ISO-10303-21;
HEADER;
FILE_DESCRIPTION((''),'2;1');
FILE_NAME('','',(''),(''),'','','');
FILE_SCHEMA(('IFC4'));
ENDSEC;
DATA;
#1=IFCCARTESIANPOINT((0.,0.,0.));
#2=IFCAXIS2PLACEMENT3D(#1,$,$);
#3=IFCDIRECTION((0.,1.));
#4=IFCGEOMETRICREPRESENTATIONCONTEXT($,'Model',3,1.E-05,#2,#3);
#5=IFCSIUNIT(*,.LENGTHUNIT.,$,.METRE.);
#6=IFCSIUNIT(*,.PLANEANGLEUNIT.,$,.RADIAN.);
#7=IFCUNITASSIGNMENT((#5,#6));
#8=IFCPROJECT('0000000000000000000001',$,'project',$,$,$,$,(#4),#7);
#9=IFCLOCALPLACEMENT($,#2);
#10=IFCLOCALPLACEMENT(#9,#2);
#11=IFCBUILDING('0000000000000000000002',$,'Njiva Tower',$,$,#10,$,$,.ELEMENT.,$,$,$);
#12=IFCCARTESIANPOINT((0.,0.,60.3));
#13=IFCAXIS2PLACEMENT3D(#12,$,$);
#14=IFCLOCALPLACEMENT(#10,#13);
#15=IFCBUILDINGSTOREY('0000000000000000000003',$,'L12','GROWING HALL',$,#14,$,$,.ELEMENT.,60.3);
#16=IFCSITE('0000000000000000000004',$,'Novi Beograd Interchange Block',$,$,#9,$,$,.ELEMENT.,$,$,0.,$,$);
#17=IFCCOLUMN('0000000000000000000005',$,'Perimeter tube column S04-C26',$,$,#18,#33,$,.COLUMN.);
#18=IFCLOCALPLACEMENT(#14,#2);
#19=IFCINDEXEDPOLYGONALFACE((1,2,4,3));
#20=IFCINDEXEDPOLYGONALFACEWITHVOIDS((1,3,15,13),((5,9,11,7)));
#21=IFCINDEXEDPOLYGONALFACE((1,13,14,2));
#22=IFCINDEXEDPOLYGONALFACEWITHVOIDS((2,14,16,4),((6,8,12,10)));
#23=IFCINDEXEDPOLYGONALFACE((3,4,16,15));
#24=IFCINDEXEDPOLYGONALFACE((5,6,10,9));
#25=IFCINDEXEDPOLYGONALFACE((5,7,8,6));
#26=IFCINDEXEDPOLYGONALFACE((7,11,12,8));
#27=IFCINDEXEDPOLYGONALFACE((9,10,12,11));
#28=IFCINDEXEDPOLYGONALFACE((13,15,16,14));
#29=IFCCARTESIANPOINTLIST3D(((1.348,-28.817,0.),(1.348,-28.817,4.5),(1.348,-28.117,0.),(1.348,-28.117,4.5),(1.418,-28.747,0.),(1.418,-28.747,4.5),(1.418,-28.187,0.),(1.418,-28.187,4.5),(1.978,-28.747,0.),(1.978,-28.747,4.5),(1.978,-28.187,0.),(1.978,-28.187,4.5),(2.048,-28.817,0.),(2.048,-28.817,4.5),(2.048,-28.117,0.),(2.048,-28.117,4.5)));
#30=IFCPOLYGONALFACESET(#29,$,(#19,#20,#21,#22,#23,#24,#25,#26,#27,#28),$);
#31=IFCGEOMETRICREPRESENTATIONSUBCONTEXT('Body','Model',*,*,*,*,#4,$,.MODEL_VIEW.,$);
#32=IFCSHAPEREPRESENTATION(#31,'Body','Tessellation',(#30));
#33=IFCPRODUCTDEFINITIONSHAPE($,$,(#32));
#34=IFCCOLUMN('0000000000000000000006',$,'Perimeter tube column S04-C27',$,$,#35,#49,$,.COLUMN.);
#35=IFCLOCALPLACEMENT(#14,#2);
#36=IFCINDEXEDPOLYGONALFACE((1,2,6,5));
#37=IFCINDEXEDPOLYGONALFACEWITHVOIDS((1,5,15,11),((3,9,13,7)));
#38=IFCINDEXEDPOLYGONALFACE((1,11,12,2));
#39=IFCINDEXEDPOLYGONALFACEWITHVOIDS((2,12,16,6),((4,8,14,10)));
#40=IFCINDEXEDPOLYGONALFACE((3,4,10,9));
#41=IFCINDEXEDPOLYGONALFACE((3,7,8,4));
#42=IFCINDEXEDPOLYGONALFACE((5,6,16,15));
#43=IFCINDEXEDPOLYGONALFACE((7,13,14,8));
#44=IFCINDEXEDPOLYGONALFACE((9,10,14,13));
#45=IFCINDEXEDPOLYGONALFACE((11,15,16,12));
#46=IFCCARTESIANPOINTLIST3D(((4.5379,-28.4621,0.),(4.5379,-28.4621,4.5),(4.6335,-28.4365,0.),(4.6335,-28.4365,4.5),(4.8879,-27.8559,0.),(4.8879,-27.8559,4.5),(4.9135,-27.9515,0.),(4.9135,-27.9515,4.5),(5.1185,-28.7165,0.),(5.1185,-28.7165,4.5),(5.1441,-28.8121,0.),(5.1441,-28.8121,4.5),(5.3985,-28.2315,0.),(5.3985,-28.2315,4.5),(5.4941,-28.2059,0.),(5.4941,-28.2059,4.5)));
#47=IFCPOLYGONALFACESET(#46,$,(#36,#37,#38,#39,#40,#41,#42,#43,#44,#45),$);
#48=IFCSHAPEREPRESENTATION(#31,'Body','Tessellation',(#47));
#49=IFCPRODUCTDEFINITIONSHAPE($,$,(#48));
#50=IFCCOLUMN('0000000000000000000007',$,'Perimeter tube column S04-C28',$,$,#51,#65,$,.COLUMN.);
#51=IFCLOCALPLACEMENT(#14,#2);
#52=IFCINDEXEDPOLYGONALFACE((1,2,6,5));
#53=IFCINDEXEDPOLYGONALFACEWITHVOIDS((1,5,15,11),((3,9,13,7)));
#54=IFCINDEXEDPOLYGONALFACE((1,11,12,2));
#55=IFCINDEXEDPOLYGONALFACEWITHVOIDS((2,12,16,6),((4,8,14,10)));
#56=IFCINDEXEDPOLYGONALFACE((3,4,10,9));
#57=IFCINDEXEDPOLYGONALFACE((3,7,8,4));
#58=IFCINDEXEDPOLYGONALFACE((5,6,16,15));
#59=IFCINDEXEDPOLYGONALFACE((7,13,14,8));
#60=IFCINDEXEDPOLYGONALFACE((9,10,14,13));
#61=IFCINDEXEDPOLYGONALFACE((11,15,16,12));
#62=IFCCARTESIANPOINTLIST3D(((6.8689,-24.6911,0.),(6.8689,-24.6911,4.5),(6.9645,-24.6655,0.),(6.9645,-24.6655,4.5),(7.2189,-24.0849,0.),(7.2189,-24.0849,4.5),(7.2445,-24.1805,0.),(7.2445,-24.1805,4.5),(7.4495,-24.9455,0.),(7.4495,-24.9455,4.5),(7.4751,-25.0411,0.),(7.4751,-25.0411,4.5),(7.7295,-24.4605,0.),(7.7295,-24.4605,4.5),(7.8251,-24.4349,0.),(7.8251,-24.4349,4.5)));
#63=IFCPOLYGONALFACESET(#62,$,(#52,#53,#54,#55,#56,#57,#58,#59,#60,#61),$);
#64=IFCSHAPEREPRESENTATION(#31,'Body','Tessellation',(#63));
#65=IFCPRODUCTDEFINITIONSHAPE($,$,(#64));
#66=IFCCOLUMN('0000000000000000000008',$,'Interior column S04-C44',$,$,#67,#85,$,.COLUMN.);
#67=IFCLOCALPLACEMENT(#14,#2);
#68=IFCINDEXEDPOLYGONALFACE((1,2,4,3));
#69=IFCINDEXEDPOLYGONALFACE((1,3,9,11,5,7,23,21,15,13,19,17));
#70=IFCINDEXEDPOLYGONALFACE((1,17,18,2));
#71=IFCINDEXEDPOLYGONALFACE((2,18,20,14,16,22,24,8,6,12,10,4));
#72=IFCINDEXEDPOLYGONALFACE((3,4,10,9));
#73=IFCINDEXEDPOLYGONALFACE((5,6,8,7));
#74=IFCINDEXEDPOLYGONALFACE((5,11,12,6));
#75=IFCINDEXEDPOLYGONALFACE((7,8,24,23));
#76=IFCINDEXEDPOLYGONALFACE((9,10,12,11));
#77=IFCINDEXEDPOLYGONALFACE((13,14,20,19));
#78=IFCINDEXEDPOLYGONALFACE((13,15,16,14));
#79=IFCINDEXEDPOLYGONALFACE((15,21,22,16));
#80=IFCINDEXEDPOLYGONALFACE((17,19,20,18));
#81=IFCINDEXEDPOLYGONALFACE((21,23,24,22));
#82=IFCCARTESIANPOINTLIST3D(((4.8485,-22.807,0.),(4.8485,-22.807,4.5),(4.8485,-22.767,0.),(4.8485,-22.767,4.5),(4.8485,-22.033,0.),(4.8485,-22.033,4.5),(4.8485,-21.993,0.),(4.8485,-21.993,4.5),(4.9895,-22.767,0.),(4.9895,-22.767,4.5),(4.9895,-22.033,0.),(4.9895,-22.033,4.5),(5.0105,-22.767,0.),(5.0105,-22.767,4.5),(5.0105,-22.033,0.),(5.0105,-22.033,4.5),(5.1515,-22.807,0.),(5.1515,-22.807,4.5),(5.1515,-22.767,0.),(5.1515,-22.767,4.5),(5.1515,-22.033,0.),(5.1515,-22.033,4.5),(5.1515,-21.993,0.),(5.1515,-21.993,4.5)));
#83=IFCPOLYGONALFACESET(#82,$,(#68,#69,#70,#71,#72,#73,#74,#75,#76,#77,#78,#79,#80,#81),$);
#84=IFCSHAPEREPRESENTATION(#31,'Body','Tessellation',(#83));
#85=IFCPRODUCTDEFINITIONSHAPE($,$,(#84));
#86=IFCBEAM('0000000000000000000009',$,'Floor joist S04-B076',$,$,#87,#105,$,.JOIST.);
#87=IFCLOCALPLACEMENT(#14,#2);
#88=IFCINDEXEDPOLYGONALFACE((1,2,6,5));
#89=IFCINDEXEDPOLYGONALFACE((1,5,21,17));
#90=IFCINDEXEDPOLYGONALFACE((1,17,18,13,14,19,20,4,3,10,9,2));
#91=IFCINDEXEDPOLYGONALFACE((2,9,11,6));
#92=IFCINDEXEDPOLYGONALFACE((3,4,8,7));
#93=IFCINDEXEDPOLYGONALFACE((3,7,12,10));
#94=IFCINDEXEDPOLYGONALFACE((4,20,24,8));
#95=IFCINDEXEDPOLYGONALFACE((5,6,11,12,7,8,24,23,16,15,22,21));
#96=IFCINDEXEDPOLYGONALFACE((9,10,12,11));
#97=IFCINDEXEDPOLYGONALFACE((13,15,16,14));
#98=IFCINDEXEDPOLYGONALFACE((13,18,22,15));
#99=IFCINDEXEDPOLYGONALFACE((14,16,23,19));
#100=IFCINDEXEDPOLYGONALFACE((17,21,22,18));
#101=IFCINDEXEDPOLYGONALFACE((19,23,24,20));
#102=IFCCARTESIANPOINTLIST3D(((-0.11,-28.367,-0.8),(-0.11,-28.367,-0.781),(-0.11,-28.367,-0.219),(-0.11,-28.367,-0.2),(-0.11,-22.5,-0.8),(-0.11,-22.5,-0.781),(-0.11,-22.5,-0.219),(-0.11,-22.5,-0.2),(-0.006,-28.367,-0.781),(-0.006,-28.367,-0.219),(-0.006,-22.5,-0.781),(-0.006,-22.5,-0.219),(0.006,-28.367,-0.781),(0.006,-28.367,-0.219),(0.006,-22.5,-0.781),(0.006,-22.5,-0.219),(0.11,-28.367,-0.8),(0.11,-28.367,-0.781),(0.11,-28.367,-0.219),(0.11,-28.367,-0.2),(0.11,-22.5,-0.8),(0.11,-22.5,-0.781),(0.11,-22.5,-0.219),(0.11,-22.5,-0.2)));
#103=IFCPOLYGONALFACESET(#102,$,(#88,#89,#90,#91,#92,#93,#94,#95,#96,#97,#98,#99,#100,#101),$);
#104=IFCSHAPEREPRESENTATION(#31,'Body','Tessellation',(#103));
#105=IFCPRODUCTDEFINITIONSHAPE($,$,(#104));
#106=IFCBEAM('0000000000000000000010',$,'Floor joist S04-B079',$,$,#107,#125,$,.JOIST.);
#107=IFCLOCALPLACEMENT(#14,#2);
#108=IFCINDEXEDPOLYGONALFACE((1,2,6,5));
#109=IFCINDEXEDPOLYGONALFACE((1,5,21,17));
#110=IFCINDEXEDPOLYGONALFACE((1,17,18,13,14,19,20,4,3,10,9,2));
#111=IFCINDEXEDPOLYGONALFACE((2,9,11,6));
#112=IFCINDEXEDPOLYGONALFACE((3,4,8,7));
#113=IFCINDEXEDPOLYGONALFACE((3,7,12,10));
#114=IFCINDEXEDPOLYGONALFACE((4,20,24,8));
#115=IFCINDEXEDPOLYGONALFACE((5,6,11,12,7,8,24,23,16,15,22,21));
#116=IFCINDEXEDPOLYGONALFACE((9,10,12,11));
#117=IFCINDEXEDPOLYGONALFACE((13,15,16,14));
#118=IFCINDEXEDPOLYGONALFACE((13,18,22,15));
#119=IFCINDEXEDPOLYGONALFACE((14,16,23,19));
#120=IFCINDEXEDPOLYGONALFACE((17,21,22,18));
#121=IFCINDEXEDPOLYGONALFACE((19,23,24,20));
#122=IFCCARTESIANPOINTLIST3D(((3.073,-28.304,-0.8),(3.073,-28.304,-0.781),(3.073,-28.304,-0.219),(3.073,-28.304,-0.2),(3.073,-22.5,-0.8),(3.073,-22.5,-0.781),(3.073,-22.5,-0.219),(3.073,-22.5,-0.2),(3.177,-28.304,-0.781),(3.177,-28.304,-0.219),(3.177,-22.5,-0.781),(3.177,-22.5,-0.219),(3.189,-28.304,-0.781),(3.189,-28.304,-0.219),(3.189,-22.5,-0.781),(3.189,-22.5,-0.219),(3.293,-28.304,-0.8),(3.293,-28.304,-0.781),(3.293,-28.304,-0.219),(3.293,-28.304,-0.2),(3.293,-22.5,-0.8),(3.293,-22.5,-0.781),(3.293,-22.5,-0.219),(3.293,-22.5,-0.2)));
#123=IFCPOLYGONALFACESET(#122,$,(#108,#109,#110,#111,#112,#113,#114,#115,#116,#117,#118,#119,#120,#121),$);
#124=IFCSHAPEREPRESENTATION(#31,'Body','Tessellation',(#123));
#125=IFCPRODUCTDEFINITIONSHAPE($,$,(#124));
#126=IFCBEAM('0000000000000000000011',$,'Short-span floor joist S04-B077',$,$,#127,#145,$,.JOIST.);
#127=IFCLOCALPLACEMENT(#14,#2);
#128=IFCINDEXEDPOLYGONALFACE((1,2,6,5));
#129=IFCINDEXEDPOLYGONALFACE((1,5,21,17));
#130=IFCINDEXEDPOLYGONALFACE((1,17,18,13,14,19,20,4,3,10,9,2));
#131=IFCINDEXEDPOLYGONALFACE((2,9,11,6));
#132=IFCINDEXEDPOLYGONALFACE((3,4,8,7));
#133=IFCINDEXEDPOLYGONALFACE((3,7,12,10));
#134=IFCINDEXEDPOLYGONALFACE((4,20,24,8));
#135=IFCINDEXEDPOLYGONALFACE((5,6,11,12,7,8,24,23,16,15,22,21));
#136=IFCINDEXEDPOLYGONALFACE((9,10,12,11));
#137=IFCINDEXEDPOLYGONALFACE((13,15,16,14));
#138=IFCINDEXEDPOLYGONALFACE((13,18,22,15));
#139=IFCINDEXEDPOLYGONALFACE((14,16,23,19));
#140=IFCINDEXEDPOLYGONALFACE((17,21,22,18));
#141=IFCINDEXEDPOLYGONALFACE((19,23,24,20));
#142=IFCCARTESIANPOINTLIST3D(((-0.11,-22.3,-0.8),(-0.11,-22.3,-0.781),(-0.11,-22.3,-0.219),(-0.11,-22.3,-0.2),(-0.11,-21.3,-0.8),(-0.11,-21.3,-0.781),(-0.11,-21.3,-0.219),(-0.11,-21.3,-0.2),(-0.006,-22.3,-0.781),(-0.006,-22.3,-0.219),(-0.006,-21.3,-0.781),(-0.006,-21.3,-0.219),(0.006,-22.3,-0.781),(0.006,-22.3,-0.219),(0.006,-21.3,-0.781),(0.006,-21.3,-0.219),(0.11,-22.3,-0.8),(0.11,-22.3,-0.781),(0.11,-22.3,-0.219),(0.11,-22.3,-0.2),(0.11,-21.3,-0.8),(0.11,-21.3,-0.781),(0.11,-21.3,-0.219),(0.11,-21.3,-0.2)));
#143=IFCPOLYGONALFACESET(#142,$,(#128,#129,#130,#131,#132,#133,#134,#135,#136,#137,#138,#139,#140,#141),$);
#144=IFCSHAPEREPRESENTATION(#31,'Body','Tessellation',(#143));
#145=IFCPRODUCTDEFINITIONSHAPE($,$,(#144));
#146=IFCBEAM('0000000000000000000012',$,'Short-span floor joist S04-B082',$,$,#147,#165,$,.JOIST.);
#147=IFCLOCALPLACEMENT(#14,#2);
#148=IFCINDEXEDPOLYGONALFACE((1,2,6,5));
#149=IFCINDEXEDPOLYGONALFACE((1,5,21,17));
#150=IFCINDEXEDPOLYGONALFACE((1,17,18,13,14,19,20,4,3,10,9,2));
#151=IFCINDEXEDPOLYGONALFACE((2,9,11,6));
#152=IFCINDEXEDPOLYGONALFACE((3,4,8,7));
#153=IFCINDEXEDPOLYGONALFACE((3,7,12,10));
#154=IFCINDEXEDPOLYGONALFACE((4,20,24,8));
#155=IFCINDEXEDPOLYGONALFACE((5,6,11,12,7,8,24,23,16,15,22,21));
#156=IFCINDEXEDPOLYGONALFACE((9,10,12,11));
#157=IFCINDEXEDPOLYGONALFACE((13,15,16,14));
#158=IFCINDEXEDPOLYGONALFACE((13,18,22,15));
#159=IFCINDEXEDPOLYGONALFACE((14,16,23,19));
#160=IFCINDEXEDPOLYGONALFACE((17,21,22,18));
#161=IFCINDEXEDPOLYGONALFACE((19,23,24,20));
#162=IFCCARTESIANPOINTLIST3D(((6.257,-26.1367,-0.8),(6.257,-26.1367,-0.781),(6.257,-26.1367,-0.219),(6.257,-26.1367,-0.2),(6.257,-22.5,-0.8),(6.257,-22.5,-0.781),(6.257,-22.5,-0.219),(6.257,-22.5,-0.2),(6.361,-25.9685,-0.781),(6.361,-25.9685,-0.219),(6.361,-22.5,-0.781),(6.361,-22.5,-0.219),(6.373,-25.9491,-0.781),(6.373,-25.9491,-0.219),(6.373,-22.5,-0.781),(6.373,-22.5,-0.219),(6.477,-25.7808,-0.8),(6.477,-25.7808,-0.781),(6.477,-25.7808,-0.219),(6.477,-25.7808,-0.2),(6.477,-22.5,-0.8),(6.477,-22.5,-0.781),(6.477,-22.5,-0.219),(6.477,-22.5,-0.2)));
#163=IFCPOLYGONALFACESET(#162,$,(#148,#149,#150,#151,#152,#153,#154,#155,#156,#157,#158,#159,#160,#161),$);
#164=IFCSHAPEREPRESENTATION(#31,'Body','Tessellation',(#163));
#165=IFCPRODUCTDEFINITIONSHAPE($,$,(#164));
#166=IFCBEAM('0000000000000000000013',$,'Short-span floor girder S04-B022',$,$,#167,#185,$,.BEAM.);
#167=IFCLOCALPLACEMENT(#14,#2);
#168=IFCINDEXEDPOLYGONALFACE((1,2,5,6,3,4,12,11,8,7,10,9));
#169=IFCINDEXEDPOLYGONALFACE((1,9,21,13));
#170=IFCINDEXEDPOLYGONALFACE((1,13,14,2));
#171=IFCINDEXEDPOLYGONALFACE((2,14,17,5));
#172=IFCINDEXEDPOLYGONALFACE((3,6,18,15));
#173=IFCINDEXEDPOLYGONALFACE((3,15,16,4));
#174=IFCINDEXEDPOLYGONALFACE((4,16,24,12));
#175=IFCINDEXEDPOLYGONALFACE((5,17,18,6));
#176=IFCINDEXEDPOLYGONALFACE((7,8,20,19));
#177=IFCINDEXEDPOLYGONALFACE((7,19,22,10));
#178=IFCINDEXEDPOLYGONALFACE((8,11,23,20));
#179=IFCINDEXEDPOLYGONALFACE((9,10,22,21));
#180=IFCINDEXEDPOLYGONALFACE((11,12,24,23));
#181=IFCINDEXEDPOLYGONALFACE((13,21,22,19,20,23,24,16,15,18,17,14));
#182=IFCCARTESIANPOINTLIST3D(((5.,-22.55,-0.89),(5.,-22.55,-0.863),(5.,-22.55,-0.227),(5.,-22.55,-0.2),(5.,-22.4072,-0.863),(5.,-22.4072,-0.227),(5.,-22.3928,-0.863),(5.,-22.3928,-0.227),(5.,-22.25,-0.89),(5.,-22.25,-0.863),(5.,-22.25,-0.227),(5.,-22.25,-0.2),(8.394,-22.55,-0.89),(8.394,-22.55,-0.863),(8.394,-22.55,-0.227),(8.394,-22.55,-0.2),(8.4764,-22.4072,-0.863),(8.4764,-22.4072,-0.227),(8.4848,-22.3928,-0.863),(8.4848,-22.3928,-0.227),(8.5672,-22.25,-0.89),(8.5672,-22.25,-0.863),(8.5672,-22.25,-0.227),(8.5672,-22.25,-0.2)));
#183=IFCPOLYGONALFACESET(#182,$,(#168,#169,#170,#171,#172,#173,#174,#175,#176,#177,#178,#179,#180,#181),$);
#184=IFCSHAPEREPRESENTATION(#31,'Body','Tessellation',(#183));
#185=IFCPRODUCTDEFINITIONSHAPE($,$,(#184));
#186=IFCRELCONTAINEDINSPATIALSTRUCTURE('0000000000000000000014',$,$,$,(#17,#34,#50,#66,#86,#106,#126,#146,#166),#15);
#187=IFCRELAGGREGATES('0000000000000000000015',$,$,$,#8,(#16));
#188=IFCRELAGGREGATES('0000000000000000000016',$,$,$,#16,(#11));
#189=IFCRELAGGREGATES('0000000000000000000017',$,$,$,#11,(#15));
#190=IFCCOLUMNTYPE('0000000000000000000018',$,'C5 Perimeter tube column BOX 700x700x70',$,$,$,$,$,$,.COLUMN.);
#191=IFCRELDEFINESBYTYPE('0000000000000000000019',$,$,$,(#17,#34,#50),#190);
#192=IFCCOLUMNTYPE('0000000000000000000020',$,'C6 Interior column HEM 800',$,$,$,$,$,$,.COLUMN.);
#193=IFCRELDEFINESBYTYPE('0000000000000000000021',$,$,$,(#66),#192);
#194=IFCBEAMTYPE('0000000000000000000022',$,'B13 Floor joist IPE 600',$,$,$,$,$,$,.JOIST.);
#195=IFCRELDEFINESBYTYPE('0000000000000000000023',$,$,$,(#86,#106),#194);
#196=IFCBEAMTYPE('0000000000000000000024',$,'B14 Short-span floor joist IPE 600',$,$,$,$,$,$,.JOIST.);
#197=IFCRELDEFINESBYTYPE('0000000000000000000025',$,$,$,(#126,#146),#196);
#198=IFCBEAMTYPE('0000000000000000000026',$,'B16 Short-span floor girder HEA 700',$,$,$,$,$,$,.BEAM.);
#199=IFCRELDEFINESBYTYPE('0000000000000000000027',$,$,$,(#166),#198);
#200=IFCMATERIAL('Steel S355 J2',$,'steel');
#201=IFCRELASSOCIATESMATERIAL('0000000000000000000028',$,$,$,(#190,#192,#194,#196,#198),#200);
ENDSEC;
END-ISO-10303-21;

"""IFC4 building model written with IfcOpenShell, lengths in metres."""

from ifc_helpers import new_model, si_unit, direction, frame, origin, origin_2d, place, context, subcontext, project, spatial, hollow_rectangle, i_section, extrude, clip, halfspace, material, material_profile, profile_set, type_object, element, save


model = new_model("IFC4")

# Units and contexts
model_context = context("Model", 3, precision=1e-05, world=origin(), true_north=direction((0.0, 1.0)))
body_context = subcontext(model_context, "Body", "Model", "MODEL_VIEW")
ifc_project = project(units=[si_unit("LENGTHUNIT", "METRE"), si_unit("PLANEANGLEUNIT", "RADIAN")], contexts=[model_context])

# Site, building, storey
site_placement = place(None, origin())
site = spatial("IfcSite", under=ifc_project, at=site_placement, Name="Novi Beograd Interchange Block", CompositionType="ELEMENT", RefElevation=0.0)
building_placement = place(site_placement, origin())
building = spatial("IfcBuilding", under=site, at=building_placement, Name="Njiva Tower", CompositionType="ELEMENT")
storey_placement = place(building_placement, frame((0.0, 0.0, 60.3)))
storey = spatial("IfcBuildingStorey", under=building, at=storey_placement, Name="L12", Description="GROWING HALL", CompositionType="ELEMENT", Elevation=60.3)

# Columns
ifc_material_1 = material(Name="Steel S355 J2", Category="steel")
ifc_material_profile_1 = material_profile(ifc_material_1, hollow_rectangle(XDim=0.7, YDim=0.7, WallThickness=0.07, at=origin_2d()), Name="BOX 700x700x70")
ifc_profile_set_1 = profile_set([ifc_material_profile_1], Name="Steel S355 J2")
column_type_1 = type_object("IfcColumnType", Name="C5 Perimeter tube column BOX 700x700x70", PredefinedType="COLUMN", material=ifc_profile_set_1)
for number, where, z_axis, x_axis, name in (
    (1, (1.698, -28.467, 0.0), (0.0, 0.0, 1.0), (1.0, 0.0, 0.0), "Perimeter tube column S04-C26"),
    (2, (5.016, -28.334, 0.0), (0.0, 0.0, 1.0), (0.5, 0.866025, 0.0), "Perimeter tube column S04-C27"),
    (3, (7.347, -24.563, 0.0), (0.0, 0.0, 1.0), (0.5, 0.866025, 0.0), "Perimeter tube column S04-C28"),
):
    element("IfcColumn", number, at=place(storey_placement, frame(where, z_axis=z_axis, x_axis=x_axis)), inside=storey, type_object=column_type_1, Name=name, PredefinedType="COLUMN", context=body_context, shape_type="SweptSolid", body=[
        extrude(hollow_rectangle(XDim=0.7, YDim=0.7, WallThickness=0.07, at=origin_2d()), origin(), (0.0, 0.0, 1.0), 4.5),
    ])
ifc_material_profile_2 = material_profile(ifc_material_1, i_section(OverallWidth=0.303, OverallDepth=0.814, WebThickness=0.021, FlangeThickness=0.04, at=origin_2d()), Name="HEM 800")
ifc_profile_set_2 = profile_set([ifc_material_profile_2], Name="Steel S355 J2")
column_type_2 = type_object("IfcColumnType", Name="C6 Interior column HEM 800", PredefinedType="COLUMN", material=ifc_profile_set_2)
column_placement = place(storey_placement, frame((5.0, -22.4, 0.0), z_axis=(0.0, 0.0, 1.0), x_axis=(1.0, 0.0, 0.0)))
element("IfcColumn", 4, at=column_placement, inside=storey, type_object=column_type_2, Name="Interior column S04-C44", PredefinedType="COLUMN", context=body_context, shape_type="SweptSolid", body=[
    extrude(i_section(OverallWidth=0.303, OverallDepth=0.814, WebThickness=0.021, FlangeThickness=0.04, at=origin_2d()), origin(), (0.0, 0.0, 1.0), 4.5),
])

# Beams
ifc_material_profile_3 = material_profile(ifc_material_1, i_section(OverallWidth=0.22, OverallDepth=0.6, WebThickness=0.012, FlangeThickness=0.019, at=origin_2d()), Name="IPE 600")
ifc_profile_set_3 = profile_set([ifc_material_profile_3], Name="Steel S355 J2")
beam_type_1 = type_object("IfcBeamType", Name="B13 Floor joist IPE 600", PredefinedType="JOIST", material=ifc_profile_set_3)
beam_1_placement = place(storey_placement, frame((0.0, -22.5, -0.5), z_axis=(0.0, -1.0, 0.0), x_axis=(1.0, 0.0, 0.0)))
element("IfcBeam", 5, at=beam_1_placement, inside=storey, type_object=beam_type_1, Name="Floor joist S04-B076", PredefinedType="JOIST", context=body_context, shape_type="SweptSolid", body=[
    extrude(i_section(OverallWidth=0.22, OverallDepth=0.6, WebThickness=0.012, FlangeThickness=0.019, at=origin_2d()), origin(), (0.0, 0.0, 1.0), 5.867),
])
beam_2_placement = place(storey_placement, frame((3.183, -22.5, -0.5), z_axis=(0.0, -1.0, 0.0), x_axis=(1.0, 0.0, 0.0)))
element("IfcBeam", 6, at=beam_2_placement, inside=storey, type_object=beam_type_1, Name="Floor joist S04-B079", PredefinedType="JOIST", context=body_context, shape_type="SweptSolid", body=[
    extrude(i_section(OverallWidth=0.22, OverallDepth=0.6, WebThickness=0.012, FlangeThickness=0.019, at=origin_2d()), origin(), (0.0, 0.0, 1.0), 5.804),
])
ifc_material_profile_4 = material_profile(ifc_material_1, i_section(OverallWidth=0.22, OverallDepth=0.6, WebThickness=0.012, FlangeThickness=0.019, at=origin_2d()), Name="IPE 600")
ifc_profile_set_4 = profile_set([ifc_material_profile_4], Name="Steel S355 J2")
beam_type_2 = type_object("IfcBeamType", Name="B14 Short-span floor joist IPE 600", PredefinedType="JOIST", material=ifc_profile_set_4)
beam_3_placement = place(storey_placement, frame((0.0, -21.3, -0.5), z_axis=(0.0, -1.0, 0.0), x_axis=(1.0, 0.0, 0.0)))
element("IfcBeam", 7, at=beam_3_placement, inside=storey, type_object=beam_type_2, Name="Short-span floor joist S04-B077", PredefinedType="JOIST", context=body_context, shape_type="SweptSolid", body=[
    extrude(i_section(OverallWidth=0.22, OverallDepth=0.6, WebThickness=0.012, FlangeThickness=0.019, at=origin_2d()), origin(), (0.0, 0.0, 1.0), 1.0),
])
beam_4_placement = place(storey_placement, frame((6.367, -22.5, -0.5), z_axis=(0.0, -1.0, 0.0), x_axis=(1.0, 0.0, 0.0)))
element("IfcBeam", 8, at=beam_4_placement, inside=storey, type_object=beam_type_2, Name="Short-span floor joist S04-B082", PredefinedType="JOIST", context=body_context, shape_type="Clipping", body=[
    clip(extrude(i_section(OverallWidth=0.22, OverallDepth=0.6, WebThickness=0.012, FlangeThickness=0.019, at=origin_2d()), origin(), (0.0, 0.0, 1.0), 3.657), halfspace(frame((0.0422, 0.0, 3.3905), z_axis=(0.850625, 0.0, 0.525773), x_axis=(0.0, 1.0, 0.0)), False)),
])
ifc_material_profile_5 = material_profile(ifc_material_1, i_section(OverallWidth=0.3, OverallDepth=0.69, WebThickness=0.0145, FlangeThickness=0.027, at=origin_2d()), Name="HEA 700")
ifc_profile_set_5 = profile_set([ifc_material_profile_5], Name="Steel S355 J2")
beam_type_3 = type_object("IfcBeamType", Name="B16 Short-span floor girder HEA 700", PredefinedType="BEAM", material=ifc_profile_set_5)
beam_5_placement = place(storey_placement, frame((5.0, -22.4, -0.545), z_axis=(1.0, 0.0, 0.0), x_axis=(0.0, 1.0, 0.0)))
element("IfcBeam", 9, at=beam_5_placement, inside=storey, type_object=beam_type_3, Name="Short-span floor girder S04-B022", PredefinedType="BEAM", context=body_context, shape_type="Clipping", body=[
    clip(extrude(i_section(OverallWidth=0.3, OverallDepth=0.69, WebThickness=0.0145, FlangeThickness=0.027, at=origin_2d()), origin(), (0.0, 0.0, 1.0), 3.588), halfspace(frame((-0.025, 0.0, 3.4662), z_axis=(-0.499998, 0.0, 0.866027), x_axis=(0.0, 1.0, 0.0)), False)),
])

save(model, "model.ifc")
